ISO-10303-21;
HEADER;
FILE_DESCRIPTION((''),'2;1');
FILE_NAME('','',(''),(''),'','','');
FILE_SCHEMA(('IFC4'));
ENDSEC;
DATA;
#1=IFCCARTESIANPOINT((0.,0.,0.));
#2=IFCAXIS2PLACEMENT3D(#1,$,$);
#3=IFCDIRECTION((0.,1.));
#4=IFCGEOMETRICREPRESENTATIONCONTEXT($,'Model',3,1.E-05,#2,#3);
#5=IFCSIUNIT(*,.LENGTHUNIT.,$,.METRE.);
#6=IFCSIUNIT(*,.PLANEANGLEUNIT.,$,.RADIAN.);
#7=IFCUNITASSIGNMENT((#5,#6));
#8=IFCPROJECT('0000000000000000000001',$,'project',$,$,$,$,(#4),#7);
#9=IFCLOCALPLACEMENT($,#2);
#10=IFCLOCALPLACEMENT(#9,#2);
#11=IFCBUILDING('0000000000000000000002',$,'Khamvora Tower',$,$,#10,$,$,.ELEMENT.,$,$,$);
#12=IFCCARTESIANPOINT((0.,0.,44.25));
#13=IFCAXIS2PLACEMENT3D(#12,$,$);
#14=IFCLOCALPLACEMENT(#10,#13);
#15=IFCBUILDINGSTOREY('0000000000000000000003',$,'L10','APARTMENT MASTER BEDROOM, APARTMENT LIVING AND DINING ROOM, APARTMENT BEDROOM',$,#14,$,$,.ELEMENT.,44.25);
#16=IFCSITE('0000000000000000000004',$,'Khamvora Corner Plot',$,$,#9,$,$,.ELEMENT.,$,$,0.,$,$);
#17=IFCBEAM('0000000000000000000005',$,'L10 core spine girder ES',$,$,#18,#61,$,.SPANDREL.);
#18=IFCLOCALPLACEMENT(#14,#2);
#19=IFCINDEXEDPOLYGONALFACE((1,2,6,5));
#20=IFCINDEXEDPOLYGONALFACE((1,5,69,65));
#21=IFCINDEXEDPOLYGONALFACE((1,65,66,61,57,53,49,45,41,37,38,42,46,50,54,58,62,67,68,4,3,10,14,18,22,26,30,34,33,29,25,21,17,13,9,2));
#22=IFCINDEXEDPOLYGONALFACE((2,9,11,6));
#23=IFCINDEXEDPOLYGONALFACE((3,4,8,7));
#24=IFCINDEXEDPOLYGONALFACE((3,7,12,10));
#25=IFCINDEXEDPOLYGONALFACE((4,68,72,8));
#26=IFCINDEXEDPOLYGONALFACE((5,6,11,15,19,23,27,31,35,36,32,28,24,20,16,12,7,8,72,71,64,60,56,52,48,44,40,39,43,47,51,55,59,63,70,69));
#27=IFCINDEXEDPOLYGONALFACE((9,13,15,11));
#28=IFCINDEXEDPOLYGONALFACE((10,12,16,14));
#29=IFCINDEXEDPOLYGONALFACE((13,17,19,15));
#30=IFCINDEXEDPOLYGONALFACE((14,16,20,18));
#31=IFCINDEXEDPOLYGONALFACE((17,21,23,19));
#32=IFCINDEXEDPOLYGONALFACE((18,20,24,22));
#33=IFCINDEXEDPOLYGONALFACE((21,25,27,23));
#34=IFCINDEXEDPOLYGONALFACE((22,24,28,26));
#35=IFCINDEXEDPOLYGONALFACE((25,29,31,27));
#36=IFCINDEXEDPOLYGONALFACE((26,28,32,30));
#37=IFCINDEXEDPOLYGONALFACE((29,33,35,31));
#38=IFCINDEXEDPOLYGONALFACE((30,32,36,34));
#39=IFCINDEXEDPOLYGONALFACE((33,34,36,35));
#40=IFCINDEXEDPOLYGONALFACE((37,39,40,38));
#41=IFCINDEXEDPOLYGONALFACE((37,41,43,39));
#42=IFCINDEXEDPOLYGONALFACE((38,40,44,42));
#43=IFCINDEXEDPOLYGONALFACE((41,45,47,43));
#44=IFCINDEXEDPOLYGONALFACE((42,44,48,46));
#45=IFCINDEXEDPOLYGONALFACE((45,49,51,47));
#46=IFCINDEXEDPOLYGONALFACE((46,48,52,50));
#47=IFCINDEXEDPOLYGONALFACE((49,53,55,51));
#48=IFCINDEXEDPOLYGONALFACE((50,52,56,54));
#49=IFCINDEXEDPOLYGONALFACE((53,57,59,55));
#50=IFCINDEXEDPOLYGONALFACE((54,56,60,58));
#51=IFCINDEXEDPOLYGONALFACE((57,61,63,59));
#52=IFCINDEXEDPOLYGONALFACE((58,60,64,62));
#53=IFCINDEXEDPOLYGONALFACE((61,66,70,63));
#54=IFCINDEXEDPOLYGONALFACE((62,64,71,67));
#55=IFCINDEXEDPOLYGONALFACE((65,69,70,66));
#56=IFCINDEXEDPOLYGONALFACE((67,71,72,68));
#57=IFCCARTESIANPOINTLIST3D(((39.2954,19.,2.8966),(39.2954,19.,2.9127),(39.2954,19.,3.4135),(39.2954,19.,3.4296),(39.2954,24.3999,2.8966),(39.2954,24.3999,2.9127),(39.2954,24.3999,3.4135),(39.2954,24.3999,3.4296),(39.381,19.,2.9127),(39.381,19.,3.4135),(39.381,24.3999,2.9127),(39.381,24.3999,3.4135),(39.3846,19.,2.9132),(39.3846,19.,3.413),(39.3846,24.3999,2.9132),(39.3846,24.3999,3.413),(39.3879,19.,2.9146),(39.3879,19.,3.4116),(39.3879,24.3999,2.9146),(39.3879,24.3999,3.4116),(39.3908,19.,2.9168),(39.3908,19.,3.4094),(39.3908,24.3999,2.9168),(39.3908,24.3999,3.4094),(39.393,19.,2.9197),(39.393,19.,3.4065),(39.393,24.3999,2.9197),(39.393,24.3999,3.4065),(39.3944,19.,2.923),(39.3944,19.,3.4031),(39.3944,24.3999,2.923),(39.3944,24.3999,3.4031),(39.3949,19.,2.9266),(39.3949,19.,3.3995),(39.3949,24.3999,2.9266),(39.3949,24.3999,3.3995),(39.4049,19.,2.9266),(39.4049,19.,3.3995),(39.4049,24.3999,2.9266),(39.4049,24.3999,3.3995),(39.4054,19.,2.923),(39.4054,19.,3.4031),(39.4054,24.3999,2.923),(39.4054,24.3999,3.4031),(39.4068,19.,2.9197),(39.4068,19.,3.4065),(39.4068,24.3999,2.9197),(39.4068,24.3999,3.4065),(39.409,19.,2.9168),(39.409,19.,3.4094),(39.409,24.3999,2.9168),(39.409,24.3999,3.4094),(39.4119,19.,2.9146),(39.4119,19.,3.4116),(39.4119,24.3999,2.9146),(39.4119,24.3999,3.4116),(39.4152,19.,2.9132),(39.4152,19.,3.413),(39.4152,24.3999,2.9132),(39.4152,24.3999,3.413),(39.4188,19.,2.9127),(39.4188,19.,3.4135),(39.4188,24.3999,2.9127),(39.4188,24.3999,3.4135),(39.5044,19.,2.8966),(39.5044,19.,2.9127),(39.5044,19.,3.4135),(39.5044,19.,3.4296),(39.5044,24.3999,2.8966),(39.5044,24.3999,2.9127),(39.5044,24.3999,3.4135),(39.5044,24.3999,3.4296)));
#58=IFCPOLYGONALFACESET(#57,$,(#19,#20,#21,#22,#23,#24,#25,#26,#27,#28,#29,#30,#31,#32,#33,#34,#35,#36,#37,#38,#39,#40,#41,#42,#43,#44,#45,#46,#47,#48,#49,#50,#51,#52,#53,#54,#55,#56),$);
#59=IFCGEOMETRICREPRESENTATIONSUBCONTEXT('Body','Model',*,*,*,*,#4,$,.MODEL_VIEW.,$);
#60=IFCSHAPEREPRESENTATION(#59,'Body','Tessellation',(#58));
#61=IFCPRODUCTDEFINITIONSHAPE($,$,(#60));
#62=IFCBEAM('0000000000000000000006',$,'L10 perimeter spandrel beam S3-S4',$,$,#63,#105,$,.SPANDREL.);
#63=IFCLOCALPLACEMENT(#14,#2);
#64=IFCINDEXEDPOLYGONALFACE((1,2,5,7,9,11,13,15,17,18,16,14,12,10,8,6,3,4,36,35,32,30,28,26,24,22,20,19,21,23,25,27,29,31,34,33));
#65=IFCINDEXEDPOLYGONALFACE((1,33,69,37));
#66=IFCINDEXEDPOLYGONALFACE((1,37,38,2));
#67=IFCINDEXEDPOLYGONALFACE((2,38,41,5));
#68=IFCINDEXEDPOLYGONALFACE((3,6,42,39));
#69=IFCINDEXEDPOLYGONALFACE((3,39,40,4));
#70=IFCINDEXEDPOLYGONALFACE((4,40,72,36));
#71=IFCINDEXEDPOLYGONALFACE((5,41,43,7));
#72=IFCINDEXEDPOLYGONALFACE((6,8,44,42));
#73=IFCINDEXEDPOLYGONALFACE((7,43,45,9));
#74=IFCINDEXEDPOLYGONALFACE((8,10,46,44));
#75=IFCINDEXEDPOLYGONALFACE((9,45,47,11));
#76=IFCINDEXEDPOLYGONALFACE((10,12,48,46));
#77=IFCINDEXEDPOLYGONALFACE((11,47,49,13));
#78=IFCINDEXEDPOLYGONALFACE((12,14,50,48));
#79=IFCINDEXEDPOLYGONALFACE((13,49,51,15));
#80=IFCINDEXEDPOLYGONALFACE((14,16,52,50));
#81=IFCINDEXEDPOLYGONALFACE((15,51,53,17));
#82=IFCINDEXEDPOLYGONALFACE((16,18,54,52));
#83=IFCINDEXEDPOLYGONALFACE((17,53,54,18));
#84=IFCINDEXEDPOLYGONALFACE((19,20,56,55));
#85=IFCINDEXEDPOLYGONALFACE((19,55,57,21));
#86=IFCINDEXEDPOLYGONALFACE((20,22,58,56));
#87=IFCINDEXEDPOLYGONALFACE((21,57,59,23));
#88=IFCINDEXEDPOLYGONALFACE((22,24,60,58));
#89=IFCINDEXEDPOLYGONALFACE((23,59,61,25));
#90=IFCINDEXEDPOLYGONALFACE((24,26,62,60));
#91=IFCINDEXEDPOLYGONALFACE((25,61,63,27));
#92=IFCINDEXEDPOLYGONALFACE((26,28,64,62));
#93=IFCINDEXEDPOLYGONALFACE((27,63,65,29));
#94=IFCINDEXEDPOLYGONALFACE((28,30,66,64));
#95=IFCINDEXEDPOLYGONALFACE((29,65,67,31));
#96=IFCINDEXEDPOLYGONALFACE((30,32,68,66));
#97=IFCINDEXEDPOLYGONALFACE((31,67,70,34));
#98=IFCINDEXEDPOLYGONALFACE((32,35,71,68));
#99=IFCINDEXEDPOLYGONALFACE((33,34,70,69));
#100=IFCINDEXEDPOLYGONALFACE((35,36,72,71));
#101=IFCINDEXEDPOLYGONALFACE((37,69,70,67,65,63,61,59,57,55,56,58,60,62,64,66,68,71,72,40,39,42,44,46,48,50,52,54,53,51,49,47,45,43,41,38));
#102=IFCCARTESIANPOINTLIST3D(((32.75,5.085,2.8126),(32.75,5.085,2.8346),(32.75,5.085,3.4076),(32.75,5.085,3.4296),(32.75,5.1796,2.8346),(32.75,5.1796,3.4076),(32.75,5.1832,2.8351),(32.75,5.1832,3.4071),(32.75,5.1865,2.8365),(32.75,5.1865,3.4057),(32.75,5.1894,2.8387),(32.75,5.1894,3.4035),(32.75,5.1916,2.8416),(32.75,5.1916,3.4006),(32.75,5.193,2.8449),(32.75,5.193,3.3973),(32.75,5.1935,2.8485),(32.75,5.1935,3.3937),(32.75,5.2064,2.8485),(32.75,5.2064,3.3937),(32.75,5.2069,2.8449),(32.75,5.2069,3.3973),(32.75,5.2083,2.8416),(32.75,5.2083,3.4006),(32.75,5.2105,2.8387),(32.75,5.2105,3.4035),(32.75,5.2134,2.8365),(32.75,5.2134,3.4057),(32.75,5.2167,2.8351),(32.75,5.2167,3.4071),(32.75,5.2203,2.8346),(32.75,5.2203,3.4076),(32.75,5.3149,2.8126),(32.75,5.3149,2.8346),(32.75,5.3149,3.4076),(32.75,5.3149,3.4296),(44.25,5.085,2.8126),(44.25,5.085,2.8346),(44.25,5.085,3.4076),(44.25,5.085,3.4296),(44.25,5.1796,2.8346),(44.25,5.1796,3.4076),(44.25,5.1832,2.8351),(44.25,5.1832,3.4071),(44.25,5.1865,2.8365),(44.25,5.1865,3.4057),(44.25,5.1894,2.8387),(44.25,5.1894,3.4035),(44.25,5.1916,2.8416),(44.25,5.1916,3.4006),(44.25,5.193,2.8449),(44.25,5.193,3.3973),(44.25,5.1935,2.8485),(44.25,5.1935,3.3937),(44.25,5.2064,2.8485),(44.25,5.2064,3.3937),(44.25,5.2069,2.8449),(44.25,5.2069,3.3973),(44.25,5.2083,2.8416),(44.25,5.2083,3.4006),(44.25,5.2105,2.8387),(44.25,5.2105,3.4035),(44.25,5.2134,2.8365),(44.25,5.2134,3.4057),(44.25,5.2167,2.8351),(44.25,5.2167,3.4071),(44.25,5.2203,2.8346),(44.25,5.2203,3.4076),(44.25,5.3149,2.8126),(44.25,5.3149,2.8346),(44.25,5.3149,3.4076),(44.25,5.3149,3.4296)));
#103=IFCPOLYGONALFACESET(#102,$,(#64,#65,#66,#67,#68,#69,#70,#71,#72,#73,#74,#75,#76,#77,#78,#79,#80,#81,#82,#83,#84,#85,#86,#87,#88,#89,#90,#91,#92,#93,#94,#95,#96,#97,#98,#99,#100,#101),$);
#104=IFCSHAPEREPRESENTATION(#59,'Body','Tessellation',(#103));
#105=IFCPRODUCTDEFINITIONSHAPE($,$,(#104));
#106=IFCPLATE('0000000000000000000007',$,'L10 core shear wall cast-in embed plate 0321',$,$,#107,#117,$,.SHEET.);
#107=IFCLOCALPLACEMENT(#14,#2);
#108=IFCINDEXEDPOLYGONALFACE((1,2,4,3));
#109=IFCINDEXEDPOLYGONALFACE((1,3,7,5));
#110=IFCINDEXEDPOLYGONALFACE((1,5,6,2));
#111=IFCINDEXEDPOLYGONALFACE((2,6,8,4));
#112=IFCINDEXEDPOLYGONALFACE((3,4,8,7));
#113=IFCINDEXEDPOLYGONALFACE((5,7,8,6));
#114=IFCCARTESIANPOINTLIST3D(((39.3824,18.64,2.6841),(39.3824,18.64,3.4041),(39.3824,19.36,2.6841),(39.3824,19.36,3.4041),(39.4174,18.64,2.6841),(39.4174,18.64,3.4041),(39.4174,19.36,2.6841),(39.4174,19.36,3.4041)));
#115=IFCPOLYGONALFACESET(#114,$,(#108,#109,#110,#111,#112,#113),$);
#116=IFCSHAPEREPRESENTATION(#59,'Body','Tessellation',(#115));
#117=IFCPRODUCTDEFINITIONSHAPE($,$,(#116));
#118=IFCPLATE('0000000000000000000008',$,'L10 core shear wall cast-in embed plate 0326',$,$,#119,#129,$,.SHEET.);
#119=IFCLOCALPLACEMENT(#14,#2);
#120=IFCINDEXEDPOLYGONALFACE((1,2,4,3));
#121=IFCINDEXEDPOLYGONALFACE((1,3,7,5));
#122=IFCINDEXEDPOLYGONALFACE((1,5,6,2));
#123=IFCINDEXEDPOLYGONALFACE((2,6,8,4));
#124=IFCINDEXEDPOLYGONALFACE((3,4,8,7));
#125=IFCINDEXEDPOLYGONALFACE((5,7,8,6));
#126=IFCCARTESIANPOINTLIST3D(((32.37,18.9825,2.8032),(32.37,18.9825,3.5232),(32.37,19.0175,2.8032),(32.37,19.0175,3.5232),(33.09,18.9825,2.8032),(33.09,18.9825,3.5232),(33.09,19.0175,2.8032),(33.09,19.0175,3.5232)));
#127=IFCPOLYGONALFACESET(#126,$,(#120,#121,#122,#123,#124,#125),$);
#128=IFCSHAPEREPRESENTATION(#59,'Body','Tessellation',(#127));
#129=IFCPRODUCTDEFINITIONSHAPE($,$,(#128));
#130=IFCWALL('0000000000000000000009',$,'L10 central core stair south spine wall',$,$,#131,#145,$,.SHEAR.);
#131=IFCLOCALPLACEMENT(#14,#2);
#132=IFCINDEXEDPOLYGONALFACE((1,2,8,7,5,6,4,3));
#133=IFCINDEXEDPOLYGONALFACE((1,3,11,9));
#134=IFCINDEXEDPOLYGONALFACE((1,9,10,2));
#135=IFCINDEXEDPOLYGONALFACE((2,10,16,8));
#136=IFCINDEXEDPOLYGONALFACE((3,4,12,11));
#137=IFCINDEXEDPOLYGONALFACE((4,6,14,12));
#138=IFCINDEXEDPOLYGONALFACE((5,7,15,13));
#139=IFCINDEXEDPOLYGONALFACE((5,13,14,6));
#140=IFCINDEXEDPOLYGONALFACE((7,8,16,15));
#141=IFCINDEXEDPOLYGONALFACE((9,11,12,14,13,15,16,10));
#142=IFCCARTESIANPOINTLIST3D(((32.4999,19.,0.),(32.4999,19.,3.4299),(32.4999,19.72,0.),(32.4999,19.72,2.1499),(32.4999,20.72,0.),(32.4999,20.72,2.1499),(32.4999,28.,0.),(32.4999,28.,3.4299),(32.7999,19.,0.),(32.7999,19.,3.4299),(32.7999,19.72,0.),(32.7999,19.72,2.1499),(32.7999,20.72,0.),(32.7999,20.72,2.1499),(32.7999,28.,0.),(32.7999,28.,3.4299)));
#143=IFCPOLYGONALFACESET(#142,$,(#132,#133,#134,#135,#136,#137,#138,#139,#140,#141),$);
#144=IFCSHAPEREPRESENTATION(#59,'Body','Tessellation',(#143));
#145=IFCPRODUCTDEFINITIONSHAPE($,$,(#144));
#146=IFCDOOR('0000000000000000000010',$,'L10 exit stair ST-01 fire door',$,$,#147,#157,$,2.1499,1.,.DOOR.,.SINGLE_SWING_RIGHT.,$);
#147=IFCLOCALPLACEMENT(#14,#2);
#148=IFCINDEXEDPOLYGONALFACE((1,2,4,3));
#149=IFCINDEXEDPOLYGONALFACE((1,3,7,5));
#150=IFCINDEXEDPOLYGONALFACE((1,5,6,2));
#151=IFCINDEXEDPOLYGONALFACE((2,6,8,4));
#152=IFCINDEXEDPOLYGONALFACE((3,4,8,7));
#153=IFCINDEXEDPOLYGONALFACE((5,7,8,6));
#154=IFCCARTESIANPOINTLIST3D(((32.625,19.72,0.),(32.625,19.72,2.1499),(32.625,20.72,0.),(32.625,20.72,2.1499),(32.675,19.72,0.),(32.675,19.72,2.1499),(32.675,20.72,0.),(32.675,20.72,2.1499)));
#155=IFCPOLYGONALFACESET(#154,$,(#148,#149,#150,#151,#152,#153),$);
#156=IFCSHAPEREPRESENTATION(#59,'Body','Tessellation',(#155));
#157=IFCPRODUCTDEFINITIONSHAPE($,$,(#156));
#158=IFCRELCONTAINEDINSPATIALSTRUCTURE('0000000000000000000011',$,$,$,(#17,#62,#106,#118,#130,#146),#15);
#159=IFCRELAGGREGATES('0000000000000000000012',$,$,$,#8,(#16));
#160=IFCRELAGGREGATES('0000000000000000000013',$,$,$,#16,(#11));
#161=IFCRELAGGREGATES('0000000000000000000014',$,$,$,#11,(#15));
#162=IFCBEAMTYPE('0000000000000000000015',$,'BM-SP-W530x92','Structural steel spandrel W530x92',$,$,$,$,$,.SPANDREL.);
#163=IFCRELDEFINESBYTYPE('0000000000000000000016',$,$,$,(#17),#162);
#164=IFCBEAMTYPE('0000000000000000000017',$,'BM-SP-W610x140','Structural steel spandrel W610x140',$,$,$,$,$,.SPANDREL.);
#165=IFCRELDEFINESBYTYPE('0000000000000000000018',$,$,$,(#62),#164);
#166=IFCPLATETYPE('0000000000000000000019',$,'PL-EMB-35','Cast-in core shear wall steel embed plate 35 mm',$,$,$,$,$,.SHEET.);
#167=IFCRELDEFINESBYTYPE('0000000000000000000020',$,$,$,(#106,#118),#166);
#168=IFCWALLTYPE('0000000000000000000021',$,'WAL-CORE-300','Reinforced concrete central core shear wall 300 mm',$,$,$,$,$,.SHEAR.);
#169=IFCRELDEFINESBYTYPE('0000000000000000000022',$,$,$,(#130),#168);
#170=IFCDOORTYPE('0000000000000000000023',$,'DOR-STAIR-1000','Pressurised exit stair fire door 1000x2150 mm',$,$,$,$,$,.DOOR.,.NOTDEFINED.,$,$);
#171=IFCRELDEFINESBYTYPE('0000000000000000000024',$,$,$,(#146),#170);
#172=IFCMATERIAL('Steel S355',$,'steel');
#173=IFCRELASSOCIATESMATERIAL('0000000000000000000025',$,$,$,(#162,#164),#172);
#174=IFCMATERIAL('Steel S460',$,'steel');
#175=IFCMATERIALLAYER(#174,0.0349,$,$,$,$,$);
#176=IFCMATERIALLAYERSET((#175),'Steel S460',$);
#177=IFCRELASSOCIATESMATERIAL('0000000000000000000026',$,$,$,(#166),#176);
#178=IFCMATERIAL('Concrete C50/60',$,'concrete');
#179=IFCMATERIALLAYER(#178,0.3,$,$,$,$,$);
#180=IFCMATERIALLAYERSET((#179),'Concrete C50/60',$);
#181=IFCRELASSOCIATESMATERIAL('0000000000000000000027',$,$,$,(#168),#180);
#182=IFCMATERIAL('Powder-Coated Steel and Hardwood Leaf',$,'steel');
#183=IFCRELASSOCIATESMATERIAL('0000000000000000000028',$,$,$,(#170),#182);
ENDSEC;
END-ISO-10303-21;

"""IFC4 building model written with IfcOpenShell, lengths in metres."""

from ifc_helpers import new_model, si_unit, direction, frame, frame_2d, origin, origin_2d, place, context, subcontext, project, spatial, rectangle, i_section, extrude, material, layer, layer_set, material_profile, profile_set, type_object, element, fill, save


model = new_model("IFC4")

# Units and contexts
model_context = context("Model", 3, precision=1e-05, world=origin(), true_north=direction((0.0, 1.0)))
body_context = subcontext(model_context, "Body", "Model", "MODEL_VIEW")
ifc_project = project(units=[si_unit("LENGTHUNIT", "METRE"), si_unit("PLANEANGLEUNIT", "RADIAN")], contexts=[model_context])

# Site, building, storey
site_placement = place(None, origin())
site = spatial("IfcSite", under=ifc_project, at=site_placement, Name="Khamvora Corner Plot", CompositionType="ELEMENT", RefElevation=0.0)
building_placement = place(site_placement, origin())
building = spatial("IfcBuilding", under=site, at=building_placement, Name="Khamvora Tower", CompositionType="ELEMENT")
storey_placement = place(building_placement, frame((0.0, 0.0, 44.25)))
storey = spatial("IfcBuildingStorey", under=building, at=storey_placement, Name="L10", Description="APARTMENT MASTER BEDROOM, APARTMENT LIVING AND DINING ROOM, APARTMENT BEDROOM", CompositionType="ELEMENT", Elevation=44.25)

# Shared definitions
ifc_material_1 = material(Name="Steel S460", Category="steel")

# Beams
ifc_material_2 = material(Name="Steel S355", Category="steel")
ifc_material_profile_1 = material_profile(ifc_material_2, i_section(OverallWidth=0.209, OverallDepth=0.533, WebThickness=0.01, FlangeThickness=0.0161, FilletRadius=0.0139, at=origin_2d()), Name="W530x92")
ifc_profile_set_1 = profile_set([ifc_material_profile_1], Name="Steel S355")
beam_type_1 = type_object("IfcBeamType", Name="BM-SP-W530x92", Description="Structural steel spandrel W530x92", PredefinedType="SPANDREL", material=ifc_profile_set_1)
beam_1_placement = place(storey_placement, frame((39.3999, 19.0, 3.1631), z_axis=(0.0, 1.0, 0.0), x_axis=(-1.0, 0.0, 0.0)))
element("IfcBeam", 1, at=beam_1_placement, inside=storey, type_object=beam_type_1, Name="L10 core spine girder ES", PredefinedType="SPANDREL", context=body_context, shape_type="SweptSolid", body=[
    extrude(i_section(OverallWidth=0.209, OverallDepth=0.533, WebThickness=0.01, FlangeThickness=0.0161, FilletRadius=0.0139, at=origin_2d()), origin(), (0.0, 0.0, 1.0), 5.3999),
])
ifc_material_profile_2 = material_profile(ifc_material_2, i_section(OverallWidth=0.23, OverallDepth=0.6169, WebThickness=0.0129, FlangeThickness=0.022, FilletRadius=0.0139, at=origin_2d()), Name="W610x140")
ifc_profile_set_2 = profile_set([ifc_material_profile_2], Name="Steel S355")
beam_type_2 = type_object("IfcBeamType", Name="BM-SP-W610x140", Description="Structural steel spandrel W610x140", PredefinedType="SPANDREL", material=ifc_profile_set_2)
beam_2_placement = place(storey_placement, frame((32.75, 5.2, 3.1211), z_axis=(1.0, 0.0, 0.0), x_axis=(0.0, 1.0, 0.0)))
element("IfcBeam", 2, at=beam_2_placement, inside=storey, type_object=beam_type_2, Name="L10 perimeter spandrel beam S3-S4", PredefinedType="SPANDREL", context=body_context, shape_type="SweptSolid", body=[
    extrude(i_section(OverallWidth=0.23, OverallDepth=0.6169, WebThickness=0.0129, FlangeThickness=0.022, FilletRadius=0.0139, at=origin_2d()), origin(), (0.0, 0.0, 1.0), 11.5),
])

# Plates
ifc_layer_1 = layer(ifc_material_1, 0.0349)
ifc_layer_set_1 = layer_set([ifc_layer_1], Name="Steel S460")
plate_type = type_object("IfcPlateType", Name="PL-EMB-35", Description="Cast-in core shear wall steel embed plate 35 mm", PredefinedType="SHEET", material=ifc_layer_set_1)
plate_1_placement = place(storey_placement, frame((39.3999, 19.0, 2.6841), z_axis=(0.0, 0.0, 1.0), x_axis=(1.0, 0.0, 0.0)))
element("IfcPlate", 3, at=plate_1_placement, inside=storey, type_object=plate_type, Name="L10 core shear wall cast-in embed plate 0321", PredefinedType="SHEET", context=body_context, shape_type="SweptSolid", body=[
    extrude(rectangle(XDim=0.0349, YDim=0.72, at=origin_2d()), origin(), (0.0, 0.0, 1.0), 0.72),
])
plate_2_placement = place(storey_placement, frame((32.73, 19.0, 2.8032), z_axis=(0.0, 0.0, 1.0), x_axis=(1.0, 0.0, 0.0)))
element("IfcPlate", 4, at=plate_2_placement, inside=storey, type_object=plate_type, Name="L10 core shear wall cast-in embed plate 0326", PredefinedType="SHEET", context=body_context, shape_type="SweptSolid", body=[
    extrude(rectangle(XDim=0.72, YDim=0.0349, at=origin_2d()), origin(), (0.0, 0.0, 1.0), 0.72),
])

# Wall, opening, door
ifc_material_3 = material(Name="Concrete C50/60", Category="concrete")
ifc_layer_2 = layer(ifc_material_3, 0.3)
ifc_layer_set_2 = layer_set([ifc_layer_2], Name="Concrete C50/60")
wall_type_1 = type_object("IfcWallType", Name="WAL-CORE-300", Description="Reinforced concrete central core shear wall 300 mm", PredefinedType="SHEAR", material=ifc_layer_set_2)
wall_1_placement = place(storey_placement, frame((32.6499, 19.0, 0.0), z_axis=(0.0, 0.0, 1.0), x_axis=(0.0, 1.0, 0.0)))
wall_1 = element("IfcWall", 5, at=wall_1_placement, inside=storey, type_object=wall_type_1, Name="L10 central core stair south spine wall", PredefinedType="SHEAR", context=body_context, shape_type="SweptSolid", body=[
    extrude(rectangle(XDim=9.0, YDim=0.3, at=frame_2d((4.5, 0.0))), origin(), (0.0, 0.0, 1.0), 3.4299),
])
opening_1_placement = place(wall_1_placement, frame((0.72, 0.0, 0.0)))
opening_1 = element("IfcOpeningElement", 6, at=opening_1_placement, cuts=wall_1, PredefinedType="OPENING", context=body_context, shape_type="SweptSolid", body=[
    extrude(rectangle(XDim=1.0, YDim=2.1499, at=frame_2d((0.5, 1.075))), frame((0.0, 0.1599, 0.0), z_axis=(0.0, -1.0, 0.0), x_axis=(1.0, 0.0, 0.0)), (0.0, 0.0, 1.0), 0.3201),
])
ifc_material_4 = material(Name="Powder-Coated Steel and Hardwood Leaf", Category="steel")
door_type_1 = type_object("IfcDoorType", Name="DOR-STAIR-1000", Description="Pressurised exit stair fire door 1000x2150 mm", OperationType="NOTDEFINED", PredefinedType="DOOR", material=ifc_material_4)
door_1_placement = place(opening_1_placement, origin())
door_1 = element("IfcDoor", 7, at=door_1_placement, inside=storey, type_object=door_type_1, Name="L10 exit stair ST-01 fire door", OperationType="SINGLE_SWING_RIGHT", OverallHeight=2.1499, OverallWidth=1.0, PredefinedType="DOOR", context=body_context, shape_type="SweptSolid", body=[
    extrude(rectangle(XDim=1.0, YDim=2.1499, at=frame_2d((0.5, 1.075))), frame((0.0, 0.0249, 0.0), z_axis=(0.0, -1.0, 0.0), x_axis=(1.0, 0.0, 0.0)), (0.0, 0.0, 1.0), 0.05),
])
fill(opening_1, door_1)

save(model, "model.ifc")
